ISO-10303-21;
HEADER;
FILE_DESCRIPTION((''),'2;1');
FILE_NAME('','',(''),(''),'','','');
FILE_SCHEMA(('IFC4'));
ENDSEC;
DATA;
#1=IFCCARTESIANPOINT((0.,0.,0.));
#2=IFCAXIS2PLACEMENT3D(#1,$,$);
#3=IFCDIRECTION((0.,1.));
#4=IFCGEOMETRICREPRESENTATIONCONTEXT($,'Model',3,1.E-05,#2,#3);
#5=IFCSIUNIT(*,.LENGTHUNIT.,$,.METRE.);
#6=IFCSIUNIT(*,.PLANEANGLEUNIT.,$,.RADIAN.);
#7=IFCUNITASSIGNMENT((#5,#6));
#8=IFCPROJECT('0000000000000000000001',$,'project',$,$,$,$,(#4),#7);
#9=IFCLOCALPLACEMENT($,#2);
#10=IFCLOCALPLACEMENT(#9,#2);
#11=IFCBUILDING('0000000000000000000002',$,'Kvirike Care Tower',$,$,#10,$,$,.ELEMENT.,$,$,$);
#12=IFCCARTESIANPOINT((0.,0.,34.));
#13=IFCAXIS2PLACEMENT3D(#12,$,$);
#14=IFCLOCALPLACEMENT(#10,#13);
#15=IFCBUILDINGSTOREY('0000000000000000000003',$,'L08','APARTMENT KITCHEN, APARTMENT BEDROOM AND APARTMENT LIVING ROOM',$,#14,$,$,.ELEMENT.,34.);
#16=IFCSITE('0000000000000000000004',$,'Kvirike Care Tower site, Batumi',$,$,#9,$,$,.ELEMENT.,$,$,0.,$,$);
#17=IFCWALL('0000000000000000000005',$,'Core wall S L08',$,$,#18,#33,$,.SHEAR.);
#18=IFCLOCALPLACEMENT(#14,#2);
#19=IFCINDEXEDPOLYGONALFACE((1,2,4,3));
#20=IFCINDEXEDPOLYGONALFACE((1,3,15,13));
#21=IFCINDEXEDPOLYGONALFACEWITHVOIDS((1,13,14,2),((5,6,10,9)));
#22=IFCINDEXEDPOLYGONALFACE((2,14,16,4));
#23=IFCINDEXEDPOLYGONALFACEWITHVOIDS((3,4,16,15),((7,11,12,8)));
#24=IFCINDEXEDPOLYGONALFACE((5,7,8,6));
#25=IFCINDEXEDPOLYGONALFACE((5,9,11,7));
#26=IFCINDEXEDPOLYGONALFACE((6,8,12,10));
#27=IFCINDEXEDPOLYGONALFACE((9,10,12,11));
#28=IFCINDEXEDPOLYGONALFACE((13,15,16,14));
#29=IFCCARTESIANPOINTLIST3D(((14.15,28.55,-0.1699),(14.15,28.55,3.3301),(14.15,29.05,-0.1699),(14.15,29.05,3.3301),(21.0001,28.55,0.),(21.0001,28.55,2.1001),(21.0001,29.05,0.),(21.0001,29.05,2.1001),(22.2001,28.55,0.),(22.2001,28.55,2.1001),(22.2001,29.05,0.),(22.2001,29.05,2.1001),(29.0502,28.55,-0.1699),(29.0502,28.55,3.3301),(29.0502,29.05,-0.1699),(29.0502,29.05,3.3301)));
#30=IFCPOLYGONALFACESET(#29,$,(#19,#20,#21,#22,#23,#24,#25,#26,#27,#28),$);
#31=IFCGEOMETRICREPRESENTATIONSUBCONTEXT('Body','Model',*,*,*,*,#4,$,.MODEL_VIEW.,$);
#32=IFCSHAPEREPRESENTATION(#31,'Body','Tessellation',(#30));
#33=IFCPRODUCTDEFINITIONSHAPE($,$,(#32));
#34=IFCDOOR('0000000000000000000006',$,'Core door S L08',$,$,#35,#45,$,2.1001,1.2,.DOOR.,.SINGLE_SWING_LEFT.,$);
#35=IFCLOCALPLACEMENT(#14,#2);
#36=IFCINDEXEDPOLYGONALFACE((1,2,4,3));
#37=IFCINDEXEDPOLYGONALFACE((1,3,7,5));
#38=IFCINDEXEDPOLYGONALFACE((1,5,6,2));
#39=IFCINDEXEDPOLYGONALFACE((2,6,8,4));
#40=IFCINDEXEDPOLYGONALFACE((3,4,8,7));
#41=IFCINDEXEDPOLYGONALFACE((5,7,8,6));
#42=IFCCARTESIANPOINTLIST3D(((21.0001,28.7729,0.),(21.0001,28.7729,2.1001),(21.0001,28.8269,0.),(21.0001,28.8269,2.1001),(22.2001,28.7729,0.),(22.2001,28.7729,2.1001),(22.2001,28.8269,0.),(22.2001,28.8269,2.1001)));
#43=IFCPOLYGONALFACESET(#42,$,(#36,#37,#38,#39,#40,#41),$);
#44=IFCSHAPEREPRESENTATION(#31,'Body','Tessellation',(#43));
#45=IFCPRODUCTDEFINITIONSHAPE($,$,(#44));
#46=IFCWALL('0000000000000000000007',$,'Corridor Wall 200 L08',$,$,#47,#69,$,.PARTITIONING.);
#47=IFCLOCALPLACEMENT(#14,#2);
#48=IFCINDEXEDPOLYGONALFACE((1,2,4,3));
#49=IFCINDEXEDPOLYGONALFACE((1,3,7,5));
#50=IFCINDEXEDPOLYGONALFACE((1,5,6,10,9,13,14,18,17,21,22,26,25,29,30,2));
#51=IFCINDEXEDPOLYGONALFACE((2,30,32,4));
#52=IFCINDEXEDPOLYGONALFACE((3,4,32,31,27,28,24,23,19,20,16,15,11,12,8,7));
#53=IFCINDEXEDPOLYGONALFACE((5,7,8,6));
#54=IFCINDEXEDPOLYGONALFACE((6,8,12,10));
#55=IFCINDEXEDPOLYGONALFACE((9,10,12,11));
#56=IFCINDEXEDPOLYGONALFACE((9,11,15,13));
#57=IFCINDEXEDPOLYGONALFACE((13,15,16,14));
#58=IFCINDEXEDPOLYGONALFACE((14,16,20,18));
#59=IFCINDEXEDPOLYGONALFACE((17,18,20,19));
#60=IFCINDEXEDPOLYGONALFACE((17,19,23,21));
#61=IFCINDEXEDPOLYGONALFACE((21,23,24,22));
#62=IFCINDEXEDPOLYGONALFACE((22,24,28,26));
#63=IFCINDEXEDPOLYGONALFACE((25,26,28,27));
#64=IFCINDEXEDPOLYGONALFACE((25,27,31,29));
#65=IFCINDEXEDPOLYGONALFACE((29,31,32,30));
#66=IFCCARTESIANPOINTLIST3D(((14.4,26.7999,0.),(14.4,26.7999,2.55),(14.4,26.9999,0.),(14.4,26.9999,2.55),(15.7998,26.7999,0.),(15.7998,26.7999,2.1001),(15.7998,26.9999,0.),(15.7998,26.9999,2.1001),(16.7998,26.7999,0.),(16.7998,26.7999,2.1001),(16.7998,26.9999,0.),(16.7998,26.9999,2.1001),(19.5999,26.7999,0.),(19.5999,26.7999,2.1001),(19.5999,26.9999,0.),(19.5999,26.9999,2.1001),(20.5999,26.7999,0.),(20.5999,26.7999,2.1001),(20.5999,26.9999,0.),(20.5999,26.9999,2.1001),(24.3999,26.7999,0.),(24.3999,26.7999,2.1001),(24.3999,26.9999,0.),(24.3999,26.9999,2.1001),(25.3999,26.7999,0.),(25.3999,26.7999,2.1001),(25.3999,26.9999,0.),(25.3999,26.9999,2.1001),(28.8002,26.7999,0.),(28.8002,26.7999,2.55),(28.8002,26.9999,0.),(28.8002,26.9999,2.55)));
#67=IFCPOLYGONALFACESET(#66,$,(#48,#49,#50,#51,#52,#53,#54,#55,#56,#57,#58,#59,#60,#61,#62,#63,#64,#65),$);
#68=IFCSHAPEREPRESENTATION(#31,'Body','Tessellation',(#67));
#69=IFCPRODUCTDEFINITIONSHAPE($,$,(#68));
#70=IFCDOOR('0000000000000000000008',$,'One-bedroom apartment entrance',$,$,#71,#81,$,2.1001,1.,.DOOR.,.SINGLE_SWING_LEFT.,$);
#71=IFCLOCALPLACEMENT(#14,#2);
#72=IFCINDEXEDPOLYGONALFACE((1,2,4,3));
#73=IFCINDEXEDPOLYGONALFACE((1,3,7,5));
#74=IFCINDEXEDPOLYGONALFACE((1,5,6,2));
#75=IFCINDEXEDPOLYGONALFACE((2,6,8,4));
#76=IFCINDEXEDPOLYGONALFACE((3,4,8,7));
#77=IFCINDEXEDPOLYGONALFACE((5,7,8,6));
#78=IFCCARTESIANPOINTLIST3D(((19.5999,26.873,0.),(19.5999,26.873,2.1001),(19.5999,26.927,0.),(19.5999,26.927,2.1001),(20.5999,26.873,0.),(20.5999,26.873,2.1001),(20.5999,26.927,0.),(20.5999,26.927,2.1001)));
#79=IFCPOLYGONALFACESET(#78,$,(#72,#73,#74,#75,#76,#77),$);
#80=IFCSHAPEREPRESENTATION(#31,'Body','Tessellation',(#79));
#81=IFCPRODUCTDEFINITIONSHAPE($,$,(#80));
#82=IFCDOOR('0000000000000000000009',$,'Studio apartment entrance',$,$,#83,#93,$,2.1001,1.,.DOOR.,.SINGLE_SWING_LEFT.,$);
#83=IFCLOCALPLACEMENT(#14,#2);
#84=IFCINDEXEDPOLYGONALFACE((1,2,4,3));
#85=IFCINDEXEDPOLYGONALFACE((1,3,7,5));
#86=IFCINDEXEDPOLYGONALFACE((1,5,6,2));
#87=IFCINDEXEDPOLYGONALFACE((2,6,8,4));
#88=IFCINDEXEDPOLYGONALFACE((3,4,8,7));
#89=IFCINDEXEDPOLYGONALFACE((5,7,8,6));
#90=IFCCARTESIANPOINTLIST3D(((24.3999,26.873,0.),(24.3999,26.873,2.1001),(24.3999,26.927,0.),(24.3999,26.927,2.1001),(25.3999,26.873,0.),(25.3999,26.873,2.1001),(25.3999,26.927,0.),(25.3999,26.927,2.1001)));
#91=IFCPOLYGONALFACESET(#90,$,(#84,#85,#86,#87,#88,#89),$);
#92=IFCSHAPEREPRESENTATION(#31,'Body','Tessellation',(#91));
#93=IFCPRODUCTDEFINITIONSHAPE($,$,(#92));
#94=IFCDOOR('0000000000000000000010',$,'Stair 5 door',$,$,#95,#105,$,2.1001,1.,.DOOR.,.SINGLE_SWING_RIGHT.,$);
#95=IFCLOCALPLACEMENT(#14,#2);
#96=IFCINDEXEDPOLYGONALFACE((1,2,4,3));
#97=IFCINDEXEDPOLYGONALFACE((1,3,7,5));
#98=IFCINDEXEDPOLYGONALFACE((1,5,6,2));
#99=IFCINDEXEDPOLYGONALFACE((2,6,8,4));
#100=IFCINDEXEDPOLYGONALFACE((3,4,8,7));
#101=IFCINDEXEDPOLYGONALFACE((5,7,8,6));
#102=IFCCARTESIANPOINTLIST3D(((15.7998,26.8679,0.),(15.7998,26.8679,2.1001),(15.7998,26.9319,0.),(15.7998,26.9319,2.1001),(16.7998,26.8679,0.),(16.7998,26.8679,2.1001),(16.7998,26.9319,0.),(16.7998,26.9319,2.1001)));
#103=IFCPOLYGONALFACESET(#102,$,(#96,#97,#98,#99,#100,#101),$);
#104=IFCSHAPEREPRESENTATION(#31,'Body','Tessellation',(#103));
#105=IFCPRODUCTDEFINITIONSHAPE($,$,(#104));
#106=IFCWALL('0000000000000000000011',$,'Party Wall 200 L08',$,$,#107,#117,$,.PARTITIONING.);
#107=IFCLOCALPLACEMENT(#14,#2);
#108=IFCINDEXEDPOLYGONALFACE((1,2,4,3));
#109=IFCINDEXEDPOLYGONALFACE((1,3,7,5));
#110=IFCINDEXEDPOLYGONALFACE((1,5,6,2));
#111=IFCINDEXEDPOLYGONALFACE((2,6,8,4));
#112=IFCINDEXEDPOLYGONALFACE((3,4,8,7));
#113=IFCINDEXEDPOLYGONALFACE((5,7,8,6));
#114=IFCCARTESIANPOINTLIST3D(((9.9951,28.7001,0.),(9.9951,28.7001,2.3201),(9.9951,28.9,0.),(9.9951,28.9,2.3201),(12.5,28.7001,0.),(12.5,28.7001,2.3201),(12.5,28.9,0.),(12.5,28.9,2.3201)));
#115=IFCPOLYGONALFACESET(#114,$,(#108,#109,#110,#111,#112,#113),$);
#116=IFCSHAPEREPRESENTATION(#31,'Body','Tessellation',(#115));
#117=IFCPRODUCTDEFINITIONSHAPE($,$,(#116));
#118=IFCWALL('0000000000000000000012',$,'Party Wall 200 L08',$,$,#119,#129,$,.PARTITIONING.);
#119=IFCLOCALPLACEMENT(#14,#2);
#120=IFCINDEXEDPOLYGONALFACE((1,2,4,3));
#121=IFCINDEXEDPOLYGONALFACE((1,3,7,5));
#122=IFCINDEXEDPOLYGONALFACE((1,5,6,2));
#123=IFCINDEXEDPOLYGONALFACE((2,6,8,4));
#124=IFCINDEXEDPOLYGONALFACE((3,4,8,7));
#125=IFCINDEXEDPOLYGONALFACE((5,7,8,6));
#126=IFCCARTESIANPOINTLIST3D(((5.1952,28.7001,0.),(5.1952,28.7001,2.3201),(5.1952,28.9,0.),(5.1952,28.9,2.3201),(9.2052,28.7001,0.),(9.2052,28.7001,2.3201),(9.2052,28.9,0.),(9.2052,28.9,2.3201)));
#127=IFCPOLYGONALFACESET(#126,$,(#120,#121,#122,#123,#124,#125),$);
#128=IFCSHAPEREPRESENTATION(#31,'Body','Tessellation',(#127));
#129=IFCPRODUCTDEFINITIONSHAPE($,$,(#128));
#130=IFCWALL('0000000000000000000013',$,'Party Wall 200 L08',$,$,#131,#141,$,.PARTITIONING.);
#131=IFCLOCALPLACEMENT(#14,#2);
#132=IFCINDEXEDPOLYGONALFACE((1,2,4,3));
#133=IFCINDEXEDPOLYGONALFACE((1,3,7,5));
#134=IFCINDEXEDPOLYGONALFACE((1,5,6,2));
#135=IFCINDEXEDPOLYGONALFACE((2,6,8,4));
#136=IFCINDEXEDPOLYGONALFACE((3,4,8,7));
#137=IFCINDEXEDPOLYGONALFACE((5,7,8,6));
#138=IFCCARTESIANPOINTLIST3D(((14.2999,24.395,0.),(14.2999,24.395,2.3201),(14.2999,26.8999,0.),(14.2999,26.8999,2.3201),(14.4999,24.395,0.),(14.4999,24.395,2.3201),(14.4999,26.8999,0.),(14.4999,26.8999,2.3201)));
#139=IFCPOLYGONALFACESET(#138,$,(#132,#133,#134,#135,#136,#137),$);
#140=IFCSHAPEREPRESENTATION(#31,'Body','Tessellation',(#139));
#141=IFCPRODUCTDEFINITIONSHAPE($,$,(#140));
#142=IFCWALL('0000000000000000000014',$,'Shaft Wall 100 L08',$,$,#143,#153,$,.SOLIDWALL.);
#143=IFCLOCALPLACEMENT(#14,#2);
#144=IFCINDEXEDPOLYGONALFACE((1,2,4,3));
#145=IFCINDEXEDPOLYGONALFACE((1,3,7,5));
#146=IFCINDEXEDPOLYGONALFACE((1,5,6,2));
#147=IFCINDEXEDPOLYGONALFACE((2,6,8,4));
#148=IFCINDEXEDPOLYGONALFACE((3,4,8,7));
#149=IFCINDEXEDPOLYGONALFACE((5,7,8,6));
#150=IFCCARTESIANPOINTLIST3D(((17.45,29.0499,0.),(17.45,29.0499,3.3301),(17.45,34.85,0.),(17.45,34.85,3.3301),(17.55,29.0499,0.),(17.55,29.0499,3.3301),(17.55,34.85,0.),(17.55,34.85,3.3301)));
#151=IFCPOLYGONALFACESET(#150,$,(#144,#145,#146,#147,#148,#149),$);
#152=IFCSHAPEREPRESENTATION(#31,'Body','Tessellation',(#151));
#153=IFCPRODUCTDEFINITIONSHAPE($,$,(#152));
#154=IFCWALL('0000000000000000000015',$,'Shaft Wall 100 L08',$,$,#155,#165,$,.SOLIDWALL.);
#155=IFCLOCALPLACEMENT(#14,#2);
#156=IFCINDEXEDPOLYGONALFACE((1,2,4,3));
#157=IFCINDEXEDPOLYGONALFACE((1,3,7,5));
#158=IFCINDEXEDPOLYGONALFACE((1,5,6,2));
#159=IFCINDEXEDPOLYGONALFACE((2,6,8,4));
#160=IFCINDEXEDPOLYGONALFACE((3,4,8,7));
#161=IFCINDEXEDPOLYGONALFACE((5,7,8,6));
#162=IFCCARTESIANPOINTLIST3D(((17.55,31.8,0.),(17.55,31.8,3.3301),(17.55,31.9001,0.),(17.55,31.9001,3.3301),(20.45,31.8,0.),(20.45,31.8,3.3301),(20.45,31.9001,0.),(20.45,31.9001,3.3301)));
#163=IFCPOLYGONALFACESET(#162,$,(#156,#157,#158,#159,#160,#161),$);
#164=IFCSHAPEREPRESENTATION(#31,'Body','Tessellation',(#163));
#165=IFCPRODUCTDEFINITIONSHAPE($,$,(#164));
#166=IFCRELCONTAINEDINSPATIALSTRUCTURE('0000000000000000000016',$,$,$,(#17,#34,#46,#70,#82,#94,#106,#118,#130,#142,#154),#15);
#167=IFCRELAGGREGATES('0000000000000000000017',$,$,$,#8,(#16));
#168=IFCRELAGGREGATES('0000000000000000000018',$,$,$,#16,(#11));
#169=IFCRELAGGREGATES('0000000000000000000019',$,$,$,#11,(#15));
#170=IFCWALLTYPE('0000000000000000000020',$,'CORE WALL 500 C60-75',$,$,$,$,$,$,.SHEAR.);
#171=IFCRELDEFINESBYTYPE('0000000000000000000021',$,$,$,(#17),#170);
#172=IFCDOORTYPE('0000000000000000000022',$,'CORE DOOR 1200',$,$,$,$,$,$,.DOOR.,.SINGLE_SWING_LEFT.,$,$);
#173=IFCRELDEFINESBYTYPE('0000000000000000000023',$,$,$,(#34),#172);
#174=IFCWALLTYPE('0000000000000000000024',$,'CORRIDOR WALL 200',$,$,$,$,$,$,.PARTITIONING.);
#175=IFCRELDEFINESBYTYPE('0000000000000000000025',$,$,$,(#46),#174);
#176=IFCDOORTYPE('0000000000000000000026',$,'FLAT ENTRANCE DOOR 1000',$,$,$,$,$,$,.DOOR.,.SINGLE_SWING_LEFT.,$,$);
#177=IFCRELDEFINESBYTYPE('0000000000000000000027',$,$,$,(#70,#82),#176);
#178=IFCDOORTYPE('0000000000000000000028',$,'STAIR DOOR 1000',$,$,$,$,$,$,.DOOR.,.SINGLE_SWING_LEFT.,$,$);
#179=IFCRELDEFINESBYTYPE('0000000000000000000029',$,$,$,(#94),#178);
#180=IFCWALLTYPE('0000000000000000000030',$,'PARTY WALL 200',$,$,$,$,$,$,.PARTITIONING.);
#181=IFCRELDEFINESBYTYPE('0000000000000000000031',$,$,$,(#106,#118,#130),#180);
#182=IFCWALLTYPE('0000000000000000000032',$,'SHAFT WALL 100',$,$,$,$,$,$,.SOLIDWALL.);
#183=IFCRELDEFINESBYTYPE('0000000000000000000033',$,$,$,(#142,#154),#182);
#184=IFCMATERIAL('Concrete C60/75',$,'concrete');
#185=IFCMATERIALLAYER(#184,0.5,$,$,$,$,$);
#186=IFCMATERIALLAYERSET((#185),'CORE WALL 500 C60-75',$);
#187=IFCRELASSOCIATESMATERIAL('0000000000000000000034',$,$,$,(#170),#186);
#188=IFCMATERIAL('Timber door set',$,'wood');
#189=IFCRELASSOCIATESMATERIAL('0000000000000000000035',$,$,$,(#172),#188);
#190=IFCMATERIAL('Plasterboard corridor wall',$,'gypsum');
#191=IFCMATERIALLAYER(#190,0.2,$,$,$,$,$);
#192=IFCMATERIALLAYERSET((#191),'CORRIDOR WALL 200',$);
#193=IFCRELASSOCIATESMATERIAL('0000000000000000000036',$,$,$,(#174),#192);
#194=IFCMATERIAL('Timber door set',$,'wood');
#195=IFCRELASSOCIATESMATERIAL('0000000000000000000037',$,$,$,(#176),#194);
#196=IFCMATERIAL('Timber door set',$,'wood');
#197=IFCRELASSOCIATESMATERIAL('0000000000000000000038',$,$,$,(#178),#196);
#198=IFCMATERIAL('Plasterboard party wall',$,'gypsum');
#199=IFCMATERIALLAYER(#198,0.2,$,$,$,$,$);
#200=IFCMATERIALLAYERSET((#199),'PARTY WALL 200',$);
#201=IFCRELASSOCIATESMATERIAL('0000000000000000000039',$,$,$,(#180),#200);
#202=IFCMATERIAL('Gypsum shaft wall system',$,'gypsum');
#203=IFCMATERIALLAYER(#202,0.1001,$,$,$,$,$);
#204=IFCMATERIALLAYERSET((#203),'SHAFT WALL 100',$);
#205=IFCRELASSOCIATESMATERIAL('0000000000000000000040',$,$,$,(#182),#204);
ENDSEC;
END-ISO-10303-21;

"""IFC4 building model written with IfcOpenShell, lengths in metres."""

from ifc_helpers import new_model, si_unit, direction, frame, frame_2d, origin, place, context, subcontext, project, spatial, rectangle, extrude, material, layer, layer_set, type_object, element, fill, save


model = new_model("IFC4")

# Units and contexts
model_context = context("Model", 3, precision=1e-05, world=origin(), true_north=direction((0.0, 1.0)))
body_context = subcontext(model_context, "Body", "Model", "MODEL_VIEW")
ifc_project = project(units=[si_unit("LENGTHUNIT", "METRE"), si_unit("PLANEANGLEUNIT", "RADIAN")], contexts=[model_context])

# Site, building, storey
site_placement = place(None, origin())
site = spatial("IfcSite", under=ifc_project, at=site_placement, Name="Kvirike Care Tower site, Batumi", CompositionType="ELEMENT", RefElevation=0.0)
building_placement = place(site_placement, origin())
building = spatial("IfcBuilding", under=site, at=building_placement, Name="Kvirike Care Tower", CompositionType="ELEMENT")
storey_placement = place(building_placement, frame((0.0, 0.0, 34.0)))
storey = spatial("IfcBuildingStorey", under=building, at=storey_placement, Name="L08", Description="APARTMENT KITCHEN, APARTMENT BEDROOM AND APARTMENT LIVING ROOM", CompositionType="ELEMENT", Elevation=34.0)

# Wall, opening, door
ifc_material_1 = material(Name="Concrete C60/75", Category="concrete")
ifc_layer_1 = layer(ifc_material_1, 0.5)
ifc_layer_set_1 = layer_set([ifc_layer_1], Name="CORE WALL 500 C60-75")
wall_type_1 = type_object("IfcWallType", Name="CORE WALL 500 C60-75", PredefinedType="SHEAR", material=ifc_layer_set_1)
wall_1_placement = place(storey_placement, frame((14.1499, 28.8, -0.1699), z_axis=(0.0, 0.0, 1.0), x_axis=(1.0, 0.0, 0.0)))
wall_1 = element("IfcWall", 1, at=wall_1_placement, inside=storey, type_object=wall_type_1, Name="Core wall S L08", PredefinedType="SHEAR", context=body_context, shape_type="SweptSolid", body=[
    extrude(rectangle(XDim=14.9001, YDim=0.5, at=frame_2d((7.4502, 0.0))), origin(), (0.0, 0.0, 1.0), 3.5),
])
opening_1_placement = place(wall_1_placement, frame((6.8501, 0.0, 0.1699)))
opening_1 = element("IfcOpeningElement", 2, at=opening_1_placement, cuts=wall_1, PredefinedType="OPENING", context=body_context, shape_type="SweptSolid", body=[
    extrude(rectangle(XDim=1.2, YDim=2.1001, at=frame_2d((0.6001, 1.05))), frame((0.0, 0.2605, 0.0), z_axis=(0.0, -1.0, 0.0), x_axis=(1.0, 0.0, 0.0)), (0.0, 0.0, 1.0), 0.521),
])
ifc_material_2 = material(Name="Timber door set", Category="wood")
door_type_1 = type_object("IfcDoorType", Name="CORE DOOR 1200", OperationType="SINGLE_SWING_LEFT", PredefinedType="DOOR", material=ifc_material_2)
door_1_placement = place(opening_1_placement, origin())
door_1 = element("IfcDoor", 3, at=door_1_placement, inside=storey, type_object=door_type_1, Name="Core door S L08", OperationType="SINGLE_SWING_LEFT", OverallHeight=2.1001, OverallWidth=1.2, PredefinedType="DOOR", context=body_context, shape_type="SweptSolid", body=[
    extrude(rectangle(XDim=1.2, YDim=2.1001, at=frame_2d((0.6001, 1.05))), frame((0.0, 0.0269, 0.0), z_axis=(0.0, -1.0, 0.0), x_axis=(1.0, 0.0, 0.0)), (0.0, 0.0, 1.0), 0.054),
])
fill(opening_1, door_1)

# Wall, openings, doors
ifc_material_3 = material(Name="Plasterboard corridor wall", Category="gypsum")
ifc_layer_2 = layer(ifc_material_3, 0.2)
ifc_layer_set_2 = layer_set([ifc_layer_2], Name="CORRIDOR WALL 200")
wall_type_2 = type_object("IfcWallType", Name="CORRIDOR WALL 200", PredefinedType="PARTITIONING", material=ifc_layer_set_2)
wall_2_placement = place(storey_placement, frame((14.3999, 26.8999, 0.0), z_axis=(0.0, 0.0, 1.0), x_axis=(1.0, 0.0, 0.0)))
wall_2 = element("IfcWall", 4, at=wall_2_placement, inside=storey, type_object=wall_type_2, Name="Corridor Wall 200 L08", PredefinedType="PARTITIONING", context=body_context, shape_type="SweptSolid", body=[
    extrude(rectangle(XDim=14.4001, YDim=0.2, at=frame_2d((7.2002, 0.0))), origin(), (0.0, 0.0, 1.0), 2.55),
])
opening_2_placement = place(wall_2_placement, frame((1.3999, 0.0, 0.0)))
opening_2 = element("IfcOpeningElement", 5, at=opening_2_placement, cuts=wall_2, PredefinedType="OPENING", context=body_context, shape_type="SweptSolid", body=[
    extrude(rectangle(XDim=1.0, YDim=2.1001, at=frame_2d((0.5, 1.05))), frame((0.0, 0.1106, 0.0), z_axis=(0.0, -1.0, 0.0), x_axis=(1.0, 0.0, 0.0)), (0.0, 0.0, 1.0), 0.2209),
])
opening_3_placement = place(wall_2_placement, frame((5.2, 0.0, 0.0)))
opening_3 = element("IfcOpeningElement", 6, at=opening_3_placement, cuts=wall_2, PredefinedType="OPENING", context=body_context, shape_type="SweptSolid", body=[
    extrude(rectangle(XDim=1.0, YDim=2.1001, at=frame_2d((0.5, 1.05))), frame((0.0, 0.1106, 0.0), z_axis=(0.0, -1.0, 0.0), x_axis=(1.0, 0.0, 0.0)), (0.0, 0.0, 1.0), 0.2209),
])
opening_4_placement = place(wall_2_placement, frame((10.0, 0.0, 0.0)))
opening_4 = element("IfcOpeningElement", 7, at=opening_4_placement, cuts=wall_2, PredefinedType="OPENING", context=body_context, shape_type="SweptSolid", body=[
    extrude(rectangle(XDim=1.0, YDim=2.1001, at=frame_2d((0.5, 1.05))), frame((0.0, 0.1106, 0.0), z_axis=(0.0, -1.0, 0.0), x_axis=(1.0, 0.0, 0.0)), (0.0, 0.0, 1.0), 0.2209),
])
ifc_material_4 = material(Name="Timber door set", Category="wood")
door_type_2 = type_object("IfcDoorType", Name="FLAT ENTRANCE DOOR 1000", OperationType="SINGLE_SWING_LEFT", PredefinedType="DOOR", material=ifc_material_4)
door_2_placement = place(opening_3_placement, frame((1.0, 0.0, 0.0), z_axis=(0.0, 0.0, 1.0), x_axis=(-1.0, 0.0, 0.0)))
door_2 = element("IfcDoor", 8, at=door_2_placement, inside=storey, type_object=door_type_2, Name="One-bedroom apartment entrance", OperationType="SINGLE_SWING_LEFT", OverallHeight=2.1001, OverallWidth=1.0, PredefinedType="DOOR", context=body_context, shape_type="SweptSolid", body=[
    extrude(rectangle(XDim=1.0, YDim=2.1001, at=frame_2d((0.5, 1.05))), frame((0.0, 0.0269, 0.0), z_axis=(0.0, -1.0, 0.0), x_axis=(1.0, 0.0, 0.0)), (0.0, 0.0, 1.0), 0.054),
])
fill(opening_3, door_2)
door_3_placement = place(opening_4_placement, frame((1.0, 0.0, 0.0), z_axis=(0.0, 0.0, 1.0), x_axis=(-1.0, 0.0, 0.0)))
door_3 = element("IfcDoor", 9, at=door_3_placement, inside=storey, type_object=door_type_2, Name="Studio apartment entrance", OperationType="SINGLE_SWING_LEFT", OverallHeight=2.1001, OverallWidth=1.0, PredefinedType="DOOR", context=body_context, shape_type="SweptSolid", body=[
    extrude(rectangle(XDim=1.0, YDim=2.1001, at=frame_2d((0.5, 1.05))), frame((0.0, 0.0269, 0.0), z_axis=(0.0, -1.0, 0.0), x_axis=(1.0, 0.0, 0.0)), (0.0, 0.0, 1.0), 0.054),
])
fill(opening_4, door_3)
ifc_material_5 = material(Name="Timber door set", Category="wood")
door_type_3 = type_object("IfcDoorType", Name="STAIR DOOR 1000", OperationType="SINGLE_SWING_LEFT", PredefinedType="DOOR", material=ifc_material_5)
door_4_placement = place(opening_2_placement, frame((1.0, 0.0, 0.0), z_axis=(0.0, 0.0, 1.0), x_axis=(-1.0, 0.0, 0.0)))
door_4 = element("IfcDoor", 10, at=door_4_placement, inside=storey, type_object=door_type_3, Name="Stair 5 door", OperationType="SINGLE_SWING_RIGHT", OverallHeight=2.1001, OverallWidth=1.0, PredefinedType="DOOR", context=body_context, shape_type="SweptSolid", body=[
    extrude(rectangle(XDim=1.0, YDim=2.1001, at=frame_2d((0.5, 1.05))), frame((0.0, 0.032, 0.0), z_axis=(0.0, -1.0, 0.0), x_axis=(1.0, 0.0, 0.0)), (0.0, 0.0, 1.0), 0.064),
])
fill(opening_2, door_4)

# Walls
ifc_material_6 = material(Name="Plasterboard party wall", Category="gypsum")
ifc_layer_3 = layer(ifc_material_6, 0.2)
ifc_layer_set_3 = layer_set([ifc_layer_3], Name="PARTY WALL 200")
wall_type_3 = type_object("IfcWallType", Name="PARTY WALL 200", PredefinedType="PARTITIONING", material=ifc_layer_set_3)
wall_3_placement = place(storey_placement, frame((12.5, 28.8, 0.0), z_axis=(0.0, 0.0, 1.0), x_axis=(-1.0, 0.0, 0.0)))
element("IfcWall", 11, at=wall_3_placement, inside=storey, type_object=wall_type_3, Name="Party Wall 200 L08", PredefinedType="PARTITIONING", context=body_context, shape_type="SweptSolid", body=[
    extrude(rectangle(XDim=2.5049, YDim=0.2, at=frame_2d((1.2524, 0.0))), origin(), (0.0, 0.0, 1.0), 2.3201),
])
wall_4_placement = place(storey_placement, frame((9.2051, 28.8, 0.0), z_axis=(0.0, 0.0, 1.0), x_axis=(-1.0, 0.0, 0.0)))
element("IfcWall", 12, at=wall_4_placement, inside=storey, type_object=wall_type_3, Name="Party Wall 200 L08", PredefinedType="PARTITIONING", context=body_context, shape_type="SweptSolid", body=[
    extrude(rectangle(XDim=4.01, YDim=0.2, at=frame_2d((2.0049, 0.0))), origin(), (0.0, 0.0, 1.0), 2.3201),
])
wall_5_placement = place(storey_placement, frame((14.3999, 24.395, 0.0), z_axis=(0.0, 0.0, 1.0), x_axis=(0.0, 1.0, 0.0)))
element("IfcWall", 13, at=wall_5_placement, inside=storey, type_object=wall_type_3, Name="Party Wall 200 L08", PredefinedType="PARTITIONING", context=body_context, shape_type="SweptSolid", body=[
    extrude(rectangle(XDim=2.5049, YDim=0.2, at=frame_2d((1.2524, 0.0))), origin(), (0.0, 0.0, 1.0), 2.3201),
])
ifc_material_7 = material(Name="Gypsum shaft wall system", Category="gypsum")
ifc_layer_4 = layer(ifc_material_7, 0.1001)
ifc_layer_set_4 = layer_set([ifc_layer_4], Name="SHAFT WALL 100")
wall_type_4 = type_object("IfcWallType", Name="SHAFT WALL 100", PredefinedType="SOLIDWALL", material=ifc_layer_set_4)
wall_6_placement = place(storey_placement, frame((17.5, 29.05, 0.0), z_axis=(0.0, 0.0, 1.0), x_axis=(0.0, 1.0, 0.0)))
element("IfcWall", 14, at=wall_6_placement, inside=storey, type_object=wall_type_4, Name="Shaft Wall 100 L08", PredefinedType="SOLIDWALL", context=body_context, shape_type="SweptSolid", body=[
    extrude(rectangle(XDim=5.8, YDim=0.1001, at=frame_2d((2.8999, 0.0))), origin(), (0.0, 0.0, 1.0), 3.3301),
])
wall_7_placement = place(storey_placement, frame((17.55, 31.8501, 0.0), z_axis=(0.0, 0.0, 1.0), x_axis=(1.0, 0.0, 0.0)))
element("IfcWall", 15, at=wall_7_placement, inside=storey, type_object=wall_type_4, Name="Shaft Wall 100 L08", PredefinedType="SOLIDWALL", context=body_context, shape_type="SweptSolid", body=[
    extrude(rectangle(XDim=2.8999, YDim=0.1001, at=frame_2d((1.45, 0.0))), origin(), (0.0, 0.0, 1.0), 3.3301),
])

save(model, "model.ifc")
